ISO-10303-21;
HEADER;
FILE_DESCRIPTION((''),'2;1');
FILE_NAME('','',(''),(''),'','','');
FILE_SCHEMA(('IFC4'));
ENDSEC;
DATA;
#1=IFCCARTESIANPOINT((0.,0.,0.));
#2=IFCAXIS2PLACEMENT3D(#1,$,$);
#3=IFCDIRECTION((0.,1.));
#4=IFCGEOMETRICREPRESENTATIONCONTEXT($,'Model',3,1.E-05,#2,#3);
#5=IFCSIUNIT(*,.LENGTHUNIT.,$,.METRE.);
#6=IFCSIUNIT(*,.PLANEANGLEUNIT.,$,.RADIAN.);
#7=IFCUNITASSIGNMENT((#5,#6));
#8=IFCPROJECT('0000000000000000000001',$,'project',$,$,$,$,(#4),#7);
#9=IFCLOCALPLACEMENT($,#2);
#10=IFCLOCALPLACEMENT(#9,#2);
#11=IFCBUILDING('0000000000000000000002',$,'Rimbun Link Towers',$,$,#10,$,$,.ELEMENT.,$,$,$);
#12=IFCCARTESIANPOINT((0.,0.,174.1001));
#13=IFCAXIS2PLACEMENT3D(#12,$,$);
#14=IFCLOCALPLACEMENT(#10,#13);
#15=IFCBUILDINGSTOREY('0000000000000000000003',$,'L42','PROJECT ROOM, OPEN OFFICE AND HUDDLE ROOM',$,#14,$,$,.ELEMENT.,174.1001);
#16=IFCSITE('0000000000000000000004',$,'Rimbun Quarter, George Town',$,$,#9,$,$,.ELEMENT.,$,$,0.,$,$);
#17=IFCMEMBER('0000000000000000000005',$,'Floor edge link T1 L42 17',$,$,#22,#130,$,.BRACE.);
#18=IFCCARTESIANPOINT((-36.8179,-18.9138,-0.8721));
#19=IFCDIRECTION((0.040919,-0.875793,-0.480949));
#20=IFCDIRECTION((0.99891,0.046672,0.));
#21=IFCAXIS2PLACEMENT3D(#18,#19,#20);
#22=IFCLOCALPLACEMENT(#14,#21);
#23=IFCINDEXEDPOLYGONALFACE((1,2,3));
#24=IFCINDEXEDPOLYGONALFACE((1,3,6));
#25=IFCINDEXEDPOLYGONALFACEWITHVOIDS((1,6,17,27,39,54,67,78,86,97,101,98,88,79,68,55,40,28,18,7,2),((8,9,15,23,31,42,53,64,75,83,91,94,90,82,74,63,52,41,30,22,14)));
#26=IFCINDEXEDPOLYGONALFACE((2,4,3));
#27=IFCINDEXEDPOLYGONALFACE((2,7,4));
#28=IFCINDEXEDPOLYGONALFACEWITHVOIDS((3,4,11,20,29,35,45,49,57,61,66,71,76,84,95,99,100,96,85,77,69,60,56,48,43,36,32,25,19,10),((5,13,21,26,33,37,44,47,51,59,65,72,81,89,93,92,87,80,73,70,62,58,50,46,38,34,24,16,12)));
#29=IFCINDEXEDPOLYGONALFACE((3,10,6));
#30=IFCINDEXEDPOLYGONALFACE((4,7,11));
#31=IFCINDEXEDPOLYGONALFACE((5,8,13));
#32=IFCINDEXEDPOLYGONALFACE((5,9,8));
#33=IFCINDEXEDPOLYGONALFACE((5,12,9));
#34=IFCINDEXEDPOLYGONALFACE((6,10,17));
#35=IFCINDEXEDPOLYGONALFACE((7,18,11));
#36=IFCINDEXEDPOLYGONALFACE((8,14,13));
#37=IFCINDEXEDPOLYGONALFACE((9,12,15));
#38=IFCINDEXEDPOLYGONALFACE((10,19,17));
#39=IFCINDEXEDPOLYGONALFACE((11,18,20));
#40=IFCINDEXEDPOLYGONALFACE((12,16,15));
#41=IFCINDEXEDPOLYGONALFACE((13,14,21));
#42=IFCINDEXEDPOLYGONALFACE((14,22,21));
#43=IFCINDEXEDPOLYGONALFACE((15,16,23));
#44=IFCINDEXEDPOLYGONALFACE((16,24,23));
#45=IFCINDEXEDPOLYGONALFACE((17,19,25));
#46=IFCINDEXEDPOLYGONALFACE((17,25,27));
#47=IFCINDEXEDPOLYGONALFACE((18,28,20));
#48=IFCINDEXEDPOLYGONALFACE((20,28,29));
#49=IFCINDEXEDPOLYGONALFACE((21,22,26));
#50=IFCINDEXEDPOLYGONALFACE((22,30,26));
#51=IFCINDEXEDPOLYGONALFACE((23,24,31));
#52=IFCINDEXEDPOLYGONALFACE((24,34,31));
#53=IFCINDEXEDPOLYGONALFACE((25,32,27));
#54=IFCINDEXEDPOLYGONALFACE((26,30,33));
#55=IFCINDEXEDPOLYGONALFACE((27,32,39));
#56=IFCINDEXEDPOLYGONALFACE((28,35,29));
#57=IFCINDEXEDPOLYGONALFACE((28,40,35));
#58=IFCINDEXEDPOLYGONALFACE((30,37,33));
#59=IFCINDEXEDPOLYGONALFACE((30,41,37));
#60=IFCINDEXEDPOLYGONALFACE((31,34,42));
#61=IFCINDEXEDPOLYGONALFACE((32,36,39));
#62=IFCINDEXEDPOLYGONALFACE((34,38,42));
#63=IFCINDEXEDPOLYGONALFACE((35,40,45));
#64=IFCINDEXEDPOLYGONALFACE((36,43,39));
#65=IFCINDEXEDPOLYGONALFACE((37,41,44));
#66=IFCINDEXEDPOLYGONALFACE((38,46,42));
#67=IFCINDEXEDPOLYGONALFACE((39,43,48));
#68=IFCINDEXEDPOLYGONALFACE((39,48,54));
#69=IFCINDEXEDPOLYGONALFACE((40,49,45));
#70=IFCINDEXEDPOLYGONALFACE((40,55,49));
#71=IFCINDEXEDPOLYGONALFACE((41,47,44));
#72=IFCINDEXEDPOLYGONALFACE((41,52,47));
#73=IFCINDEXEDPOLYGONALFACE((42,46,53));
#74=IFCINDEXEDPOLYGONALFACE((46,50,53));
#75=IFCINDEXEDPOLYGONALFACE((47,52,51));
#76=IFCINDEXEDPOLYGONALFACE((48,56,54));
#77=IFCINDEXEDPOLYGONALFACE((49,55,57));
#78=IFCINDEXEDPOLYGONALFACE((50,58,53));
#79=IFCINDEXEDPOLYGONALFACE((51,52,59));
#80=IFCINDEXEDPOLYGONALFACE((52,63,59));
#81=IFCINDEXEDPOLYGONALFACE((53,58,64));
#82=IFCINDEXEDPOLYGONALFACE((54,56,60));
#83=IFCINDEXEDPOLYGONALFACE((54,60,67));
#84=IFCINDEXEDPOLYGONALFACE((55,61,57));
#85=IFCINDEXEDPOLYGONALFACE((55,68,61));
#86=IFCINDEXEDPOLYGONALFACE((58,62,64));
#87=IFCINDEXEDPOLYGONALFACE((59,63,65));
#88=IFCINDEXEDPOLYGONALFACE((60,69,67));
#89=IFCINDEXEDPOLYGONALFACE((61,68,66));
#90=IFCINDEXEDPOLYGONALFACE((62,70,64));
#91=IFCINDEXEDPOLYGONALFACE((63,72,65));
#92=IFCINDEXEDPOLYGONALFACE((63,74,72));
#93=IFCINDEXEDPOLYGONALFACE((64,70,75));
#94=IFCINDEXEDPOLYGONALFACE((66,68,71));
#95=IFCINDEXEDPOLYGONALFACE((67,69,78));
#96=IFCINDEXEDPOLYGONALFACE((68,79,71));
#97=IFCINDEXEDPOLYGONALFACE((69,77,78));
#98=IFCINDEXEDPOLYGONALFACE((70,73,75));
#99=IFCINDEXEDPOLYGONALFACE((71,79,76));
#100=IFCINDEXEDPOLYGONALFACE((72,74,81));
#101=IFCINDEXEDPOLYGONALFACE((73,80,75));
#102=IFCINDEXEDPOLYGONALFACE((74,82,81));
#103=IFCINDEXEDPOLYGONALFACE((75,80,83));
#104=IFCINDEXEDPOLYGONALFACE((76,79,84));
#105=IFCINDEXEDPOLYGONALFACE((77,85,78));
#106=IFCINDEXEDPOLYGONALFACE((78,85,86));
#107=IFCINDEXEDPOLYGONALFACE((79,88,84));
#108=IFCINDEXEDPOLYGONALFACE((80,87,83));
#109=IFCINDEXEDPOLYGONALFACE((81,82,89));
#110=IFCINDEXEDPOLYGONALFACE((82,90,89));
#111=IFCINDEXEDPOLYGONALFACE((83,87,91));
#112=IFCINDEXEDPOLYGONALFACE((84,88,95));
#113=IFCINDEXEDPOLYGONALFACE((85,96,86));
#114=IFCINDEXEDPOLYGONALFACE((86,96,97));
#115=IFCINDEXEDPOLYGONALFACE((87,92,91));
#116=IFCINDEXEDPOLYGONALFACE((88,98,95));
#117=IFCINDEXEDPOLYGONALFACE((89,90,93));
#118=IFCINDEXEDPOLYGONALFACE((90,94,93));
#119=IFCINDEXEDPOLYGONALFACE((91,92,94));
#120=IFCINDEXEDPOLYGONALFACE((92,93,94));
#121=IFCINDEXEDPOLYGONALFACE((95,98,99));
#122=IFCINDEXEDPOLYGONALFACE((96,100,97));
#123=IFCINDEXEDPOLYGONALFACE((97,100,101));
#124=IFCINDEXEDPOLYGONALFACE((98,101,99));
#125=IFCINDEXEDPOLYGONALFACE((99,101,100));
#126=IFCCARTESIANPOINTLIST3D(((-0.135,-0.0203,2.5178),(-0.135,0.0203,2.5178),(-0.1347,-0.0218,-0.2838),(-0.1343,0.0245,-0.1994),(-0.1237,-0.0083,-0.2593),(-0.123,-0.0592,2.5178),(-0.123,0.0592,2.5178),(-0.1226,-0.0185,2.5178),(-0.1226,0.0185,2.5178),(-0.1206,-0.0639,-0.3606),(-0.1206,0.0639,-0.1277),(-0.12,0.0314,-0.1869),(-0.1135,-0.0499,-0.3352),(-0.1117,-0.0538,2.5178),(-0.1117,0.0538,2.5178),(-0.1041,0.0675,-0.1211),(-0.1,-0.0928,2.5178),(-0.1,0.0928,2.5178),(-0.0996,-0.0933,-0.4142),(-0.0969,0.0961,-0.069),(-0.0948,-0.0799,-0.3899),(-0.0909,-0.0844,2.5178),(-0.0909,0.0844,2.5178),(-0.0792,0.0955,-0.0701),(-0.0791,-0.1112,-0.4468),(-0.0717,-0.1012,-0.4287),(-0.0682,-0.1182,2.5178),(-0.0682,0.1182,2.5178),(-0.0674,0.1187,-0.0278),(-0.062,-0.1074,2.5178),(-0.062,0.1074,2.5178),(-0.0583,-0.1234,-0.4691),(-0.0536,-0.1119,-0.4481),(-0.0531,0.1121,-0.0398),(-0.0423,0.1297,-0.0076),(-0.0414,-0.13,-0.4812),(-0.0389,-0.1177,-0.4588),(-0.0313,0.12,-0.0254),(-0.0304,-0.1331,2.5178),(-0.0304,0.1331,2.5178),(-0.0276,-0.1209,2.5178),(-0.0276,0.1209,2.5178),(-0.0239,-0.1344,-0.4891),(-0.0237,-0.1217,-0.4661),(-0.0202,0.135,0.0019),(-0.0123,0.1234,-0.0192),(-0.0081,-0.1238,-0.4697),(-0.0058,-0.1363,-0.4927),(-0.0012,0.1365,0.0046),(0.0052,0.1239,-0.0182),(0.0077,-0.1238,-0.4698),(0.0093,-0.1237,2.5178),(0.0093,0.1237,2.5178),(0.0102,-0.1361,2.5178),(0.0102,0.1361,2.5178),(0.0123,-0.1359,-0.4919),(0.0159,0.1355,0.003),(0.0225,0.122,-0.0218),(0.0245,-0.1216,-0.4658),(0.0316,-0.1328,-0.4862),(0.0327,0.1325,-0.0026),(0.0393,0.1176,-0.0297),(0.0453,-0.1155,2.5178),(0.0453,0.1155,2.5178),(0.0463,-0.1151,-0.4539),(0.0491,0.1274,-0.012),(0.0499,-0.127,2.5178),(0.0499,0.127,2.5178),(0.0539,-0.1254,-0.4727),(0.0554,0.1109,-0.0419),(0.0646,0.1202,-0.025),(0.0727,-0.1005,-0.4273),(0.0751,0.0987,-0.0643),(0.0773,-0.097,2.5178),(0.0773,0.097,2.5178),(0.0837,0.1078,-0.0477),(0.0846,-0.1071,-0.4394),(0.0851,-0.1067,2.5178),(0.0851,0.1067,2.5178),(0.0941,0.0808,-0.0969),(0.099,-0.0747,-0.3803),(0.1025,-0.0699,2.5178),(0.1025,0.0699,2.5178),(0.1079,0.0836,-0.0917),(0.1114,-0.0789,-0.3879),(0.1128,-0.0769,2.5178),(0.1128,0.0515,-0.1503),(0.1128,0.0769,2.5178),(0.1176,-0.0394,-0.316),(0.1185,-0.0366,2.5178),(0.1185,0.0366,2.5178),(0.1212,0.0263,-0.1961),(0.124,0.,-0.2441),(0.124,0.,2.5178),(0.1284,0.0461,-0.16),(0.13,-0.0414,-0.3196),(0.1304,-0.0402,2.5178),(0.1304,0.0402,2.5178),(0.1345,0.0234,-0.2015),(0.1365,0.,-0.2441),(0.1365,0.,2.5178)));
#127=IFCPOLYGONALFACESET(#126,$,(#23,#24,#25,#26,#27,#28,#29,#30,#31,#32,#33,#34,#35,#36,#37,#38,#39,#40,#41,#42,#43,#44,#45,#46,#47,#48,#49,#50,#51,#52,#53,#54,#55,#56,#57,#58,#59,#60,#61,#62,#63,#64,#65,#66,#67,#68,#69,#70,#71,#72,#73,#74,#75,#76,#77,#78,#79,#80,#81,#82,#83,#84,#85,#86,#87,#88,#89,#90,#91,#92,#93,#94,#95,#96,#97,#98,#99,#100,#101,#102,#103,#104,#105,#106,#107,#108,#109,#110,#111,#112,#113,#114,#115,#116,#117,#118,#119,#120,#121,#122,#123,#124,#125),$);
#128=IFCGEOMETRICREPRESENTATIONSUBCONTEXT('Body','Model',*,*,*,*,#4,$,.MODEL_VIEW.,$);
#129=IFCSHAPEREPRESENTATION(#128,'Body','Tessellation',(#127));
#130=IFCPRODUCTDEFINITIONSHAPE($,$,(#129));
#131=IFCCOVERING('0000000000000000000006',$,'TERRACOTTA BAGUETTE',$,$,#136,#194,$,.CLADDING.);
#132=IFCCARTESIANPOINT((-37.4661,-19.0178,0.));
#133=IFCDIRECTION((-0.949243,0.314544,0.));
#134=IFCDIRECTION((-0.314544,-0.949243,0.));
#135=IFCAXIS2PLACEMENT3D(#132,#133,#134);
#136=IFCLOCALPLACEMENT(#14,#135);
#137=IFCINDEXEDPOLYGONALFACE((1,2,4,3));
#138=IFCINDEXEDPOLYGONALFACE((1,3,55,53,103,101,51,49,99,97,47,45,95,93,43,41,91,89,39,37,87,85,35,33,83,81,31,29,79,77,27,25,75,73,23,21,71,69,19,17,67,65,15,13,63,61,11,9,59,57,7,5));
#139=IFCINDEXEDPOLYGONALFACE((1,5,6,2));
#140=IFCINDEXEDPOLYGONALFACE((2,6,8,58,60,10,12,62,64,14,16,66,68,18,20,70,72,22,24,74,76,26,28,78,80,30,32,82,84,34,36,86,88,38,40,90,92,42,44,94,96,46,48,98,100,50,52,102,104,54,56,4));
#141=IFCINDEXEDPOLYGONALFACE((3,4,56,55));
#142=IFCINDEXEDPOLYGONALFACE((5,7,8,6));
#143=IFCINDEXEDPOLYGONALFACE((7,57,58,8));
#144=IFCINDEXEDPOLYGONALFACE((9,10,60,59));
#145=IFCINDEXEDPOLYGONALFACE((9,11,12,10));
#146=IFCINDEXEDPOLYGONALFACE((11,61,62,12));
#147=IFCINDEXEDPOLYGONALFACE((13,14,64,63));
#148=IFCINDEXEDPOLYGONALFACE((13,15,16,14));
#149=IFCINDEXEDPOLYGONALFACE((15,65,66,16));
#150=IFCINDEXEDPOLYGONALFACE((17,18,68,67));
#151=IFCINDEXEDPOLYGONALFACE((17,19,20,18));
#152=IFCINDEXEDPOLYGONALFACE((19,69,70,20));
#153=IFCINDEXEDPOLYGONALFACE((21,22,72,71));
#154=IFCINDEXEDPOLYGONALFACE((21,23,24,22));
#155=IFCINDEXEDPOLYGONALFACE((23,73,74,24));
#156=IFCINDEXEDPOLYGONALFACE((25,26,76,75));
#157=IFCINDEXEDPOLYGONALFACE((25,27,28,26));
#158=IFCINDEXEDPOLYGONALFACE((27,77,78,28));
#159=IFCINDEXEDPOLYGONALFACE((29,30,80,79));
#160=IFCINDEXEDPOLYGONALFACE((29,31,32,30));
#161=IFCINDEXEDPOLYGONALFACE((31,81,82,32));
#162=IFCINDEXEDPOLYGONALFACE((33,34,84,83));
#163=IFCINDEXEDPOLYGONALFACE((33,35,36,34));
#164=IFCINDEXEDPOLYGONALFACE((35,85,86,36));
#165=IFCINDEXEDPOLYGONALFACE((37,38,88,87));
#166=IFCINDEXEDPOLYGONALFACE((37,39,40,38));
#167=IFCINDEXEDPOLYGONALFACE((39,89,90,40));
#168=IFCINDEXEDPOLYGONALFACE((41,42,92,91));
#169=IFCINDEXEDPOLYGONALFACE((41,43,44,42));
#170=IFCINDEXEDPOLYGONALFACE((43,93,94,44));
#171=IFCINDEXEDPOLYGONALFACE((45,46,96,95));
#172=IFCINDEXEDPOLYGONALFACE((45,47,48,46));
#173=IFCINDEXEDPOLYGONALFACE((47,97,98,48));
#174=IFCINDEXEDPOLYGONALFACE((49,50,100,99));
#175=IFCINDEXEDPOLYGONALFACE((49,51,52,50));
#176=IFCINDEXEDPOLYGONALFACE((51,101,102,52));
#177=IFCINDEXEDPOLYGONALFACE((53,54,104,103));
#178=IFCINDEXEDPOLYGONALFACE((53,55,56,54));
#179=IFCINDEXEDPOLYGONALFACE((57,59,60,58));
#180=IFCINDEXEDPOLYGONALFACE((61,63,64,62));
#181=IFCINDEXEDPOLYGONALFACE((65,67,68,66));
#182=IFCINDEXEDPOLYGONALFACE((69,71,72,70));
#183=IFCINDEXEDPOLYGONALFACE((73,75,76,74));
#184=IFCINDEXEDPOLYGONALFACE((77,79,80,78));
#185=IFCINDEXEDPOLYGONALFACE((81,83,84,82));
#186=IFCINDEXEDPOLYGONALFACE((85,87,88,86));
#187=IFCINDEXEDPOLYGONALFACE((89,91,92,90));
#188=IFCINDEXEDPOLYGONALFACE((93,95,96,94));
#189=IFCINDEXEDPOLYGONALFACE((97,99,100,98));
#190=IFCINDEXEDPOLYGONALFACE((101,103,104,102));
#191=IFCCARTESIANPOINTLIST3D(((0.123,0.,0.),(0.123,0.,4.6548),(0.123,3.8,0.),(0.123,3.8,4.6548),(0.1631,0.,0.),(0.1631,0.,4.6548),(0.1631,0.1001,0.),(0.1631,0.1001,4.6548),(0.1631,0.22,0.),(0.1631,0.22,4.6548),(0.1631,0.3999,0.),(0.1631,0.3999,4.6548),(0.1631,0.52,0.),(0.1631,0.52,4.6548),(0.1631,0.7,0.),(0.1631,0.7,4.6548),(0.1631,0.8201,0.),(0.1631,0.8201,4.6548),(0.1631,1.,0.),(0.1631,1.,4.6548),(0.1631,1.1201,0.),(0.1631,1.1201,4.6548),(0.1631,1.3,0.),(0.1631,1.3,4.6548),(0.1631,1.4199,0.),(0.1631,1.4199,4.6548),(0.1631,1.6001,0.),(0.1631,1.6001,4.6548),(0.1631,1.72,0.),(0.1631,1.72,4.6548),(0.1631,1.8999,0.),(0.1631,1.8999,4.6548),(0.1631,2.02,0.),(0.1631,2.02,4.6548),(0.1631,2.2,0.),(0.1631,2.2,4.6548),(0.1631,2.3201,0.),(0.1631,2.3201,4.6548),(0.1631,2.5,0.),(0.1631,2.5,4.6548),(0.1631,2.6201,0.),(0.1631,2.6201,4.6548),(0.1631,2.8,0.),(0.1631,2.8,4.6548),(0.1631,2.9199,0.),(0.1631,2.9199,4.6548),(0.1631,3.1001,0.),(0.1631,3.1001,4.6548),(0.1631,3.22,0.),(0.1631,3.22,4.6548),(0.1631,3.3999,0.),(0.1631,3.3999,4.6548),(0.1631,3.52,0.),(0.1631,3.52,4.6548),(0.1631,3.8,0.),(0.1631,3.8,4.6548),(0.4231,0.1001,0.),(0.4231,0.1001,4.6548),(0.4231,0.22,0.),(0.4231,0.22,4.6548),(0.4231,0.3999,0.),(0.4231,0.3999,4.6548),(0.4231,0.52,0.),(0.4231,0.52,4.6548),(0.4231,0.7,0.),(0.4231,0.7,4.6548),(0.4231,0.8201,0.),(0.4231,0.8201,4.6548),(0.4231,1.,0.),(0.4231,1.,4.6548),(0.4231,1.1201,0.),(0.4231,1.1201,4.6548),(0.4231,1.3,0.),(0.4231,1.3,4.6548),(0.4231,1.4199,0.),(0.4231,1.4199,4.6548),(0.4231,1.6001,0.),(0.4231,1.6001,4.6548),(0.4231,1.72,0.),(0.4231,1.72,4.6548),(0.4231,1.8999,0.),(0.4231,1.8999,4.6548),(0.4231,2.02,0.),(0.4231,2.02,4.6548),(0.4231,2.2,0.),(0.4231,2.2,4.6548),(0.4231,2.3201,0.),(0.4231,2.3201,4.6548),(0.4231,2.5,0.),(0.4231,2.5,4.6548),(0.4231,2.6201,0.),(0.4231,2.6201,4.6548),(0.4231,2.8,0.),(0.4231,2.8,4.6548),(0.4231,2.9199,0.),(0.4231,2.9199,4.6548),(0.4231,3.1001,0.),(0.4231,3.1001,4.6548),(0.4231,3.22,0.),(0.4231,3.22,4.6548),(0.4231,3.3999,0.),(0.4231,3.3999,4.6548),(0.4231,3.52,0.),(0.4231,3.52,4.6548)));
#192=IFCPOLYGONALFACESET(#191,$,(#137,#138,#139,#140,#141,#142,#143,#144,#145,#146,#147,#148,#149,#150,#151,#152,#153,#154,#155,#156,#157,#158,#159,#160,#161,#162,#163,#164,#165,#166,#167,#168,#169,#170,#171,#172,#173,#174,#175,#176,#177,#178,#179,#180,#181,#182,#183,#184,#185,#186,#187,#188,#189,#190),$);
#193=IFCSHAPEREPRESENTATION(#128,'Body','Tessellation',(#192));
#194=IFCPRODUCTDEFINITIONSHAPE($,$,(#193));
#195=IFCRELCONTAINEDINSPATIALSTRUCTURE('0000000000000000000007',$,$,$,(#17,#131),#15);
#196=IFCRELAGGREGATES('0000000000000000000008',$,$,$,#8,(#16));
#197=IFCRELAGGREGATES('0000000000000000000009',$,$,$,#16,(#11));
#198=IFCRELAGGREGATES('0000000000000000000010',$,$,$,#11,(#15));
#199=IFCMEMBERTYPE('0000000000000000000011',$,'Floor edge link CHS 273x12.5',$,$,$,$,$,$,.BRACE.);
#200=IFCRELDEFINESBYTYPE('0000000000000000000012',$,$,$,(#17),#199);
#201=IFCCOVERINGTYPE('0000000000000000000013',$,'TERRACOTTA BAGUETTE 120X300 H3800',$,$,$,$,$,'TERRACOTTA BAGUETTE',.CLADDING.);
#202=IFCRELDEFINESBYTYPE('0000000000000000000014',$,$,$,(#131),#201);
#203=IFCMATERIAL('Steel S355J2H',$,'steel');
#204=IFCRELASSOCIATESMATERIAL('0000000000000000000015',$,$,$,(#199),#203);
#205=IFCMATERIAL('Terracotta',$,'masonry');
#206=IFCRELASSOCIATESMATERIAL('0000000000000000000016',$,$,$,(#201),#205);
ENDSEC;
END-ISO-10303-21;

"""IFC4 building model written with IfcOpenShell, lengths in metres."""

from ifc_helpers import new_model, si_unit, direction, frame, origin, origin_2d, place, context, subcontext, project, spatial, polyline, hollow_circle, outline, extrude, clip, halfspace, material, material_profile, profile_set, type_object, element, save


model = new_model("IFC4")

# Units and contexts
model_context = context("Model", 3, precision=1e-05, world=origin(), true_north=direction((0.0, 1.0)))
body_context = subcontext(model_context, "Body", "Model", "MODEL_VIEW")
ifc_project = project(units=[si_unit("LENGTHUNIT", "METRE"), si_unit("PLANEANGLEUNIT", "RADIAN")], contexts=[model_context])

# Site, building, storey
site_placement = place(None, origin())
site = spatial("IfcSite", under=ifc_project, at=site_placement, Name="Rimbun Quarter, George Town", CompositionType="ELEMENT", RefElevation=0.0)
building_placement = place(site_placement, origin())
building = spatial("IfcBuilding", under=site, at=building_placement, Name="Rimbun Link Towers", CompositionType="ELEMENT")
storey_placement = place(building_placement, frame((0.0, 0.0, 174.1001)))
storey = spatial("IfcBuildingStorey", under=building, at=storey_placement, Name="L42", Description="PROJECT ROOM, OPEN OFFICE AND HUDDLE ROOM", CompositionType="ELEMENT", Elevation=174.1001)

# Member
ifc_material_1 = material(Name="Steel S355J2H", Category="steel")
ifc_material_profile_1 = material_profile(ifc_material_1, hollow_circle(Radius=0.1365, WallThickness=0.0125, at=origin_2d()), Name="CHS 273x12.5")
ifc_profile_set_1 = profile_set([ifc_material_profile_1], Name="Steel S355J2H")
member_type_1 = type_object("IfcMemberType", Name="Floor edge link CHS 273x12.5", PredefinedType="BRACE", material=ifc_profile_set_1)
member_1_placement = place(storey_placement, frame((-36.8179, -18.9138, -0.8721), z_axis=(0.040919, -0.875793, -0.480949), x_axis=(0.99891, 0.046672, 0.0)))
element("IfcMember", 1, at=member_1_placement, inside=storey, type_object=member_type_1, Name="Floor edge link T1 L42 17", PredefinedType="BRACE", context=body_context, shape_type="Clipping", body=[
    clip(extrude(hollow_circle(Radius=0.1365, WallThickness=0.0125, at=origin_2d()), frame((0.0, 0.0, -0.5183)), (0.0, 0.0, 1.0), 3.0361), halfspace(frame((0.0, 0.0, -0.2441), z_axis=(0.0, 0.876748, -0.480949)), False)),
])

# Covering
ifc_material_2 = material(Name="Terracotta", Category="masonry")
ifc_material_profile_2 = material_profile(ifc_material_2, outline(polyline([(0.123, 0.0), (0.1631, 0.0), (0.1631, 0.1001), (0.4231, 0.1001), (0.4231, 0.22), (0.1631, 0.22), (0.1631, 0.3999), (0.4231, 0.3999), (0.4231, 0.52), (0.1631, 0.52), (0.1631, 0.7), (0.4231, 0.7), (0.4231, 0.8201), (0.1631, 0.8201), (0.1631, 1.0), (0.4231, 1.0), (0.4231, 1.1201), (0.1631, 1.1201), (0.1631, 1.3), (0.4231, 1.3), (0.4231, 1.4199), (0.1631, 1.4199), (0.1631, 1.6001), (0.4231, 1.6001), (0.4231, 1.72), (0.1631, 1.72), (0.1631, 1.8999), (0.4231, 1.8999), (0.4231, 2.02), (0.1631, 2.02), (0.1631, 2.2), (0.4231, 2.2), (0.4231, 2.3201), (0.1631, 2.3201), (0.1631, 2.5), (0.4231, 2.5), (0.4231, 2.6201), (0.1631, 2.6201), (0.1631, 2.8), (0.4231, 2.8), (0.4231, 2.9199), (0.1631, 2.9199), (0.1631, 3.1001), (0.4231, 3.1001), (0.4231, 3.22), (0.1631, 3.22), (0.1631, 3.3999), (0.4231, 3.3999), (0.4231, 3.52), (0.1631, 3.52), (0.1631, 3.8), (0.123, 3.8), (0.123, 0.0)])), Name="BAGUETTE 120X300")
ifc_profile_set_2 = profile_set([ifc_material_profile_2], Name="Terracotta")
covering_type = type_object("IfcCoveringType", Name="TERRACOTTA BAGUETTE 120X300 H3800", ElementType="TERRACOTTA BAGUETTE", PredefinedType="CLADDING", material=ifc_profile_set_2)
covering_placement = place(storey_placement, frame((-37.4661, -19.0178, 0.0), z_axis=(-0.949243, 0.314544, 0.0), x_axis=(-0.314544, -0.949243, 0.0)))
element("IfcCovering", 2, at=covering_placement, inside=storey, type_object=covering_type, Name="TERRACOTTA BAGUETTE", PredefinedType="CLADDING", context=body_context, shape_type="SweptSolid", body=[
    extrude(outline(polyline([(0.123, 0.0), (0.1631, 0.0), (0.1631, 0.1001), (0.4231, 0.1001), (0.4231, 0.22), (0.1631, 0.22), (0.1631, 0.3999), (0.4231, 0.3999), (0.4231, 0.52), (0.1631, 0.52), (0.1631, 0.7), (0.4231, 0.7), (0.4231, 0.8201), (0.1631, 0.8201), (0.1631, 1.0), (0.4231, 1.0), (0.4231, 1.1201), (0.1631, 1.1201), (0.1631, 1.3), (0.4231, 1.3), (0.4231, 1.4199), (0.1631, 1.4199), (0.1631, 1.6001), (0.4231, 1.6001), (0.4231, 1.72), (0.1631, 1.72), (0.1631, 1.8999), (0.4231, 1.8999), (0.4231, 2.02), (0.1631, 2.02), (0.1631, 2.2), (0.4231, 2.2), (0.4231, 2.3201), (0.1631, 2.3201), (0.1631, 2.5), (0.4231, 2.5), (0.4231, 2.6201), (0.1631, 2.6201), (0.1631, 2.8), (0.4231, 2.8), (0.4231, 2.9199), (0.1631, 2.9199), (0.1631, 3.1001), (0.4231, 3.1001), (0.4231, 3.22), (0.1631, 3.22), (0.1631, 3.3999), (0.4231, 3.3999), (0.4231, 3.52), (0.1631, 3.52), (0.1631, 3.8), (0.123, 3.8), (0.123, 0.0)])), origin(), (0.0, 0.0, 1.0), 4.6548),
])

save(model, "model.ifc")
